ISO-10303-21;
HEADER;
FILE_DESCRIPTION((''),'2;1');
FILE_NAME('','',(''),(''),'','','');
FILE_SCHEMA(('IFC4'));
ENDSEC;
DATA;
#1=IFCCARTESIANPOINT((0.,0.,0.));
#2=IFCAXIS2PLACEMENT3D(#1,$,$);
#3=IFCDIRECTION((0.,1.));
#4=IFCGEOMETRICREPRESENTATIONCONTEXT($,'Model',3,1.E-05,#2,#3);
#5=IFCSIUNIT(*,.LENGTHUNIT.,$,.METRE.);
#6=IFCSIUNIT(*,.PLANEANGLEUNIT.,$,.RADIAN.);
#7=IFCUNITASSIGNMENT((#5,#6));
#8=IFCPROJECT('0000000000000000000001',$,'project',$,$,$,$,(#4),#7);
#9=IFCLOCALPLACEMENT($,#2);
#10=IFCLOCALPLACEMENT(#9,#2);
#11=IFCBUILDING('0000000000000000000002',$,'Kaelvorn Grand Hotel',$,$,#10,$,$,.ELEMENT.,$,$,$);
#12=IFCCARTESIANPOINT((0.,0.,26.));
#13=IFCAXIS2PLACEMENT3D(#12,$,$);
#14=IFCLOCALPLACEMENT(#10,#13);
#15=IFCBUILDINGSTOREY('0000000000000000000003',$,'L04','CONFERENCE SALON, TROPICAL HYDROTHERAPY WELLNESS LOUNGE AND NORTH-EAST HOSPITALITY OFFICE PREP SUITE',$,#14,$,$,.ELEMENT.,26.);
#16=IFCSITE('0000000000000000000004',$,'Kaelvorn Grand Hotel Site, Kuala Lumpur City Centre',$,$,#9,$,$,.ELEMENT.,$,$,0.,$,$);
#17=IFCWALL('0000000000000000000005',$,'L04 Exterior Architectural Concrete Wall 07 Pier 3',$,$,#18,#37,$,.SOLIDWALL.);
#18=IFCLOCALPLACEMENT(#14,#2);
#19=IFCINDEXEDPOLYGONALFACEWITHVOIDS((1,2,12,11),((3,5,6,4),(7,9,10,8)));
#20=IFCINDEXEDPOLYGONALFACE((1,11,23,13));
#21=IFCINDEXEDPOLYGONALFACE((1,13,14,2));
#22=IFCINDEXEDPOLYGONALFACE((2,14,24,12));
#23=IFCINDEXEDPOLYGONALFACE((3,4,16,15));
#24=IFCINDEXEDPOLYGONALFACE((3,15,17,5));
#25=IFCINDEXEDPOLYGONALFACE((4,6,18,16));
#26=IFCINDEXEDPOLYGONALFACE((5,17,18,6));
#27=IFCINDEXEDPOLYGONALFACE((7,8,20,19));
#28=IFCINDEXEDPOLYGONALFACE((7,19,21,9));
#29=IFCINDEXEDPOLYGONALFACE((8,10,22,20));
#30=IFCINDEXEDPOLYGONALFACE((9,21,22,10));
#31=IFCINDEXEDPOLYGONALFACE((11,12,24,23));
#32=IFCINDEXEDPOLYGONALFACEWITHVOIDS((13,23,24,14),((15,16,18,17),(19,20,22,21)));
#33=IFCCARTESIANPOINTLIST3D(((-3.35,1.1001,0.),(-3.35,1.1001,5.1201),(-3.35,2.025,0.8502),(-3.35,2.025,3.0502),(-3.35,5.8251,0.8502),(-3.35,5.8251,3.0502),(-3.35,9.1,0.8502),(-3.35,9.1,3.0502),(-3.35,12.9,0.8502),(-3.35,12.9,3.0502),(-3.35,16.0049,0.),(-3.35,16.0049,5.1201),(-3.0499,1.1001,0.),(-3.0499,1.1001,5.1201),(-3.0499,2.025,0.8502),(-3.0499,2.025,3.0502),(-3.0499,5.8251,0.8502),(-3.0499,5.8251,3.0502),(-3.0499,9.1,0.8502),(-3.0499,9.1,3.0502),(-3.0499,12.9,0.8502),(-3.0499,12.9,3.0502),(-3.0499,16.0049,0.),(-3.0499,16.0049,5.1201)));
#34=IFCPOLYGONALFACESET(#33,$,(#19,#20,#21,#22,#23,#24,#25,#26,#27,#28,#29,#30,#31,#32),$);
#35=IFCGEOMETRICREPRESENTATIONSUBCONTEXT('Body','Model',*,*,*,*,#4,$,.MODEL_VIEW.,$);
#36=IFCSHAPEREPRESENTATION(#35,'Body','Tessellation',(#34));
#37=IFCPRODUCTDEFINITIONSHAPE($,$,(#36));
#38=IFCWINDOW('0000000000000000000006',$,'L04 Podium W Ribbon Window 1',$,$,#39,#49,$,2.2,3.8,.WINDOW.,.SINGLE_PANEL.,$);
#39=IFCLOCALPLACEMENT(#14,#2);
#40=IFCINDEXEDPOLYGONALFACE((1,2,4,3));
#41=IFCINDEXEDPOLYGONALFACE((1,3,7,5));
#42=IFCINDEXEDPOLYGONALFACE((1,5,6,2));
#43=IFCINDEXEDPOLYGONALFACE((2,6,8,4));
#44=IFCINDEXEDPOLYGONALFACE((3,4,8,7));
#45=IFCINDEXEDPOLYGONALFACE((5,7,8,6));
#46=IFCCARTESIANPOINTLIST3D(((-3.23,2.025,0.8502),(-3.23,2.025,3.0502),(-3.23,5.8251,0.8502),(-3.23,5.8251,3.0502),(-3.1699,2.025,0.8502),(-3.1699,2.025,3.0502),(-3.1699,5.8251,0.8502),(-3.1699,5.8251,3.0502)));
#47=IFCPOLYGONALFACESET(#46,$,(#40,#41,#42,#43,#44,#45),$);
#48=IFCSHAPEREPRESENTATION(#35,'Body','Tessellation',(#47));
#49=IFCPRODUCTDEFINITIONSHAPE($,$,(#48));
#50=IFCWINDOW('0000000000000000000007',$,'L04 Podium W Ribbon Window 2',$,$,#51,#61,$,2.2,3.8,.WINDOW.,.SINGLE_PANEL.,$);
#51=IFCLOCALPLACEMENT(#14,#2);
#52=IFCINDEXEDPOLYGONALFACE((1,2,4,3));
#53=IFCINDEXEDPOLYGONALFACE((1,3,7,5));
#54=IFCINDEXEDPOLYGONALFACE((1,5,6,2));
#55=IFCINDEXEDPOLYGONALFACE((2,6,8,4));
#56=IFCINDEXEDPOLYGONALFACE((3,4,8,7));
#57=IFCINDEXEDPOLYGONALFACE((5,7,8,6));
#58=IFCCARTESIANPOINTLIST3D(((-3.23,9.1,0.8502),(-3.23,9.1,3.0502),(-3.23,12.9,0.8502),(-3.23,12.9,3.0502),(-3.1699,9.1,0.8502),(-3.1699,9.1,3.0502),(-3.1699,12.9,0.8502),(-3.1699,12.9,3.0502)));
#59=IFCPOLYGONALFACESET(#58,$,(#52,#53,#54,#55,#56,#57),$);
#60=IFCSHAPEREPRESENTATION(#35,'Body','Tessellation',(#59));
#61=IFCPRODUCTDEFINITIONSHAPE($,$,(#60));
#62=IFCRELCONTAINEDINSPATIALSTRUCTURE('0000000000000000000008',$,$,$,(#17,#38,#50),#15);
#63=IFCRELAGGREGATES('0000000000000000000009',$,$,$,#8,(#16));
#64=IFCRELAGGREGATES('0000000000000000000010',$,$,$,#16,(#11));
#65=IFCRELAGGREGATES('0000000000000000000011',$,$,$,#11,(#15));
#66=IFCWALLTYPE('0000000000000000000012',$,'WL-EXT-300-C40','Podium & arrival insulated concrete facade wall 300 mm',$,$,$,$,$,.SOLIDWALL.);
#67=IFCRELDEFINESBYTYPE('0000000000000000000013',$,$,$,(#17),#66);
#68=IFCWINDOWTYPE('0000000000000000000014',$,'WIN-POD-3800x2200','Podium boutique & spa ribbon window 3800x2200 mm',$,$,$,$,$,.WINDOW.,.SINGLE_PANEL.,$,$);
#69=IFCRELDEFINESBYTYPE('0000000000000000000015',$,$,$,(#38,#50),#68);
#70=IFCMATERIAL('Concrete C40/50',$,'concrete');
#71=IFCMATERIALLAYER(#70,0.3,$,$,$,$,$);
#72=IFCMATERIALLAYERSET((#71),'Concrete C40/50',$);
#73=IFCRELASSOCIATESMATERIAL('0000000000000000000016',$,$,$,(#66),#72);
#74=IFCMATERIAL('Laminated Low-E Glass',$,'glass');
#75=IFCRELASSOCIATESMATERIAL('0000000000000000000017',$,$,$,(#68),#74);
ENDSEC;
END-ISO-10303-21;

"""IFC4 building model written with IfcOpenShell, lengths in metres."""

from ifc_helpers import new_model, si_unit, direction, frame, frame_2d, origin, place, context, subcontext, project, spatial, rectangle, extrude, material, layer, layer_set, type_object, element, fill, save


model = new_model("IFC4")

# Units and contexts
model_context = context("Model", 3, precision=1e-05, world=origin(), true_north=direction((0.0, 1.0)))
body_context = subcontext(model_context, "Body", "Model", "MODEL_VIEW")
ifc_project = project(units=[si_unit("LENGTHUNIT", "METRE"), si_unit("PLANEANGLEUNIT", "RADIAN")], contexts=[model_context])

# Site, building, storey
site_placement = place(None, origin())
site = spatial("IfcSite", under=ifc_project, at=site_placement, Name="Kaelvorn Grand Hotel Site, Kuala Lumpur City Centre", CompositionType="ELEMENT", RefElevation=0.0)
building_placement = place(site_placement, origin())
building = spatial("IfcBuilding", under=site, at=building_placement, Name="Kaelvorn Grand Hotel", CompositionType="ELEMENT")
storey_placement = place(building_placement, frame((0.0, 0.0, 26.0)))
storey = spatial("IfcBuildingStorey", under=building, at=storey_placement, Name="L04", Description="CONFERENCE SALON, TROPICAL HYDROTHERAPY WELLNESS LOUNGE AND NORTH-EAST HOSPITALITY OFFICE PREP SUITE", CompositionType="ELEMENT", Elevation=26.0)

# Shared definitions
ifc_material_1 = material(Name="Laminated Low-E Glass", Category="glass")

# Wall, openings, windows
ifc_material_2 = material(Name="Concrete C40/50", Category="concrete")
ifc_layer_1 = layer(ifc_material_2, 0.3)
ifc_layer_set_1 = layer_set([ifc_layer_1], Name="Concrete C40/50")
wall_type = type_object("IfcWallType", Name="WL-EXT-300-C40", Description="Podium & arrival insulated concrete facade wall 300 mm", PredefinedType="SOLIDWALL", material=ifc_layer_set_1)
wall_placement = place(storey_placement, frame((-3.2, 16.0049, 0.0), z_axis=(0.0, 0.0, 1.0), x_axis=(0.0, -1.0, 0.0)))
wall = element("IfcWall", 1, at=wall_placement, inside=storey, type_object=wall_type, Name="L04 Exterior Architectural Concrete Wall 07 Pier 3", PredefinedType="SOLIDWALL", context=body_context, shape_type="SweptSolid", body=[
    extrude(rectangle(XDim=14.9048, YDim=0.3, at=frame_2d((7.4524, 0.0))), origin(), (0.0, 0.0, 1.0), 5.1201),
])
opening_1_placement = place(wall_placement, frame((10.1799, 0.0, 0.8501)))
opening_1 = element("IfcOpeningElement", 2, at=opening_1_placement, cuts=wall, PredefinedType="OPENING", context=body_context, shape_type="SweptSolid", body=[
    extrude(rectangle(XDim=3.8, YDim=2.2, at=frame_2d((1.8999, 1.1001))), frame((0.0, 0.1602, 0.0), z_axis=(0.0, -1.0, 0.0), x_axis=(1.0, 0.0, 0.0)), (0.0, 0.0, 1.0), 0.3201),
])
opening_2_placement = place(wall_placement, frame((3.105, 0.0, 0.8501)))
opening_2 = element("IfcOpeningElement", 3, at=opening_2_placement, cuts=wall, PredefinedType="OPENING", context=body_context, shape_type="SweptSolid", body=[
    extrude(rectangle(XDim=3.8, YDim=2.2, at=frame_2d((1.8999, 1.1001))), frame((0.0, 0.1602, 0.0), z_axis=(0.0, -1.0, 0.0), x_axis=(1.0, 0.0, 0.0)), (0.0, 0.0, 1.0), 0.3201),
])
window_type = type_object("IfcWindowType", Name="WIN-POD-3800x2200", Description="Podium boutique & spa ribbon window 3800x2200 mm", PartitioningType="SINGLE_PANEL", PredefinedType="WINDOW", material=ifc_material_1)
window_1_placement = place(opening_1_placement, origin())
window_1 = element("IfcWindow", 4, at=window_1_placement, inside=storey, type_object=window_type, Name="L04 Podium W Ribbon Window 1", OverallHeight=2.2, OverallWidth=3.8, PartitioningType="SINGLE_PANEL", PredefinedType="WINDOW", context=body_context, shape_type="SweptSolid", body=[
    extrude(rectangle(XDim=3.8, YDim=2.2, at=frame_2d((1.8999, 1.1001))), frame((0.0, 0.03, 0.0), z_axis=(0.0, -1.0, 0.0), x_axis=(1.0, 0.0, 0.0)), (0.0, 0.0, 1.0), 0.0601),
])
fill(opening_1, window_1)
window_2_placement = place(opening_2_placement, origin())
window_2 = element("IfcWindow", 5, at=window_2_placement, inside=storey, type_object=window_type, Name="L04 Podium W Ribbon Window 2", OverallHeight=2.2, OverallWidth=3.8, PartitioningType="SINGLE_PANEL", PredefinedType="WINDOW", context=body_context, shape_type="SweptSolid", body=[
    extrude(rectangle(XDim=3.8, YDim=2.2, at=frame_2d((1.8999, 1.1001))), frame((0.0, 0.03, 0.0), z_axis=(0.0, -1.0, 0.0), x_axis=(1.0, 0.0, 0.0)), (0.0, 0.0, 1.0), 0.0601),
])
fill(opening_2, window_2)

save(model, "model.ifc")
